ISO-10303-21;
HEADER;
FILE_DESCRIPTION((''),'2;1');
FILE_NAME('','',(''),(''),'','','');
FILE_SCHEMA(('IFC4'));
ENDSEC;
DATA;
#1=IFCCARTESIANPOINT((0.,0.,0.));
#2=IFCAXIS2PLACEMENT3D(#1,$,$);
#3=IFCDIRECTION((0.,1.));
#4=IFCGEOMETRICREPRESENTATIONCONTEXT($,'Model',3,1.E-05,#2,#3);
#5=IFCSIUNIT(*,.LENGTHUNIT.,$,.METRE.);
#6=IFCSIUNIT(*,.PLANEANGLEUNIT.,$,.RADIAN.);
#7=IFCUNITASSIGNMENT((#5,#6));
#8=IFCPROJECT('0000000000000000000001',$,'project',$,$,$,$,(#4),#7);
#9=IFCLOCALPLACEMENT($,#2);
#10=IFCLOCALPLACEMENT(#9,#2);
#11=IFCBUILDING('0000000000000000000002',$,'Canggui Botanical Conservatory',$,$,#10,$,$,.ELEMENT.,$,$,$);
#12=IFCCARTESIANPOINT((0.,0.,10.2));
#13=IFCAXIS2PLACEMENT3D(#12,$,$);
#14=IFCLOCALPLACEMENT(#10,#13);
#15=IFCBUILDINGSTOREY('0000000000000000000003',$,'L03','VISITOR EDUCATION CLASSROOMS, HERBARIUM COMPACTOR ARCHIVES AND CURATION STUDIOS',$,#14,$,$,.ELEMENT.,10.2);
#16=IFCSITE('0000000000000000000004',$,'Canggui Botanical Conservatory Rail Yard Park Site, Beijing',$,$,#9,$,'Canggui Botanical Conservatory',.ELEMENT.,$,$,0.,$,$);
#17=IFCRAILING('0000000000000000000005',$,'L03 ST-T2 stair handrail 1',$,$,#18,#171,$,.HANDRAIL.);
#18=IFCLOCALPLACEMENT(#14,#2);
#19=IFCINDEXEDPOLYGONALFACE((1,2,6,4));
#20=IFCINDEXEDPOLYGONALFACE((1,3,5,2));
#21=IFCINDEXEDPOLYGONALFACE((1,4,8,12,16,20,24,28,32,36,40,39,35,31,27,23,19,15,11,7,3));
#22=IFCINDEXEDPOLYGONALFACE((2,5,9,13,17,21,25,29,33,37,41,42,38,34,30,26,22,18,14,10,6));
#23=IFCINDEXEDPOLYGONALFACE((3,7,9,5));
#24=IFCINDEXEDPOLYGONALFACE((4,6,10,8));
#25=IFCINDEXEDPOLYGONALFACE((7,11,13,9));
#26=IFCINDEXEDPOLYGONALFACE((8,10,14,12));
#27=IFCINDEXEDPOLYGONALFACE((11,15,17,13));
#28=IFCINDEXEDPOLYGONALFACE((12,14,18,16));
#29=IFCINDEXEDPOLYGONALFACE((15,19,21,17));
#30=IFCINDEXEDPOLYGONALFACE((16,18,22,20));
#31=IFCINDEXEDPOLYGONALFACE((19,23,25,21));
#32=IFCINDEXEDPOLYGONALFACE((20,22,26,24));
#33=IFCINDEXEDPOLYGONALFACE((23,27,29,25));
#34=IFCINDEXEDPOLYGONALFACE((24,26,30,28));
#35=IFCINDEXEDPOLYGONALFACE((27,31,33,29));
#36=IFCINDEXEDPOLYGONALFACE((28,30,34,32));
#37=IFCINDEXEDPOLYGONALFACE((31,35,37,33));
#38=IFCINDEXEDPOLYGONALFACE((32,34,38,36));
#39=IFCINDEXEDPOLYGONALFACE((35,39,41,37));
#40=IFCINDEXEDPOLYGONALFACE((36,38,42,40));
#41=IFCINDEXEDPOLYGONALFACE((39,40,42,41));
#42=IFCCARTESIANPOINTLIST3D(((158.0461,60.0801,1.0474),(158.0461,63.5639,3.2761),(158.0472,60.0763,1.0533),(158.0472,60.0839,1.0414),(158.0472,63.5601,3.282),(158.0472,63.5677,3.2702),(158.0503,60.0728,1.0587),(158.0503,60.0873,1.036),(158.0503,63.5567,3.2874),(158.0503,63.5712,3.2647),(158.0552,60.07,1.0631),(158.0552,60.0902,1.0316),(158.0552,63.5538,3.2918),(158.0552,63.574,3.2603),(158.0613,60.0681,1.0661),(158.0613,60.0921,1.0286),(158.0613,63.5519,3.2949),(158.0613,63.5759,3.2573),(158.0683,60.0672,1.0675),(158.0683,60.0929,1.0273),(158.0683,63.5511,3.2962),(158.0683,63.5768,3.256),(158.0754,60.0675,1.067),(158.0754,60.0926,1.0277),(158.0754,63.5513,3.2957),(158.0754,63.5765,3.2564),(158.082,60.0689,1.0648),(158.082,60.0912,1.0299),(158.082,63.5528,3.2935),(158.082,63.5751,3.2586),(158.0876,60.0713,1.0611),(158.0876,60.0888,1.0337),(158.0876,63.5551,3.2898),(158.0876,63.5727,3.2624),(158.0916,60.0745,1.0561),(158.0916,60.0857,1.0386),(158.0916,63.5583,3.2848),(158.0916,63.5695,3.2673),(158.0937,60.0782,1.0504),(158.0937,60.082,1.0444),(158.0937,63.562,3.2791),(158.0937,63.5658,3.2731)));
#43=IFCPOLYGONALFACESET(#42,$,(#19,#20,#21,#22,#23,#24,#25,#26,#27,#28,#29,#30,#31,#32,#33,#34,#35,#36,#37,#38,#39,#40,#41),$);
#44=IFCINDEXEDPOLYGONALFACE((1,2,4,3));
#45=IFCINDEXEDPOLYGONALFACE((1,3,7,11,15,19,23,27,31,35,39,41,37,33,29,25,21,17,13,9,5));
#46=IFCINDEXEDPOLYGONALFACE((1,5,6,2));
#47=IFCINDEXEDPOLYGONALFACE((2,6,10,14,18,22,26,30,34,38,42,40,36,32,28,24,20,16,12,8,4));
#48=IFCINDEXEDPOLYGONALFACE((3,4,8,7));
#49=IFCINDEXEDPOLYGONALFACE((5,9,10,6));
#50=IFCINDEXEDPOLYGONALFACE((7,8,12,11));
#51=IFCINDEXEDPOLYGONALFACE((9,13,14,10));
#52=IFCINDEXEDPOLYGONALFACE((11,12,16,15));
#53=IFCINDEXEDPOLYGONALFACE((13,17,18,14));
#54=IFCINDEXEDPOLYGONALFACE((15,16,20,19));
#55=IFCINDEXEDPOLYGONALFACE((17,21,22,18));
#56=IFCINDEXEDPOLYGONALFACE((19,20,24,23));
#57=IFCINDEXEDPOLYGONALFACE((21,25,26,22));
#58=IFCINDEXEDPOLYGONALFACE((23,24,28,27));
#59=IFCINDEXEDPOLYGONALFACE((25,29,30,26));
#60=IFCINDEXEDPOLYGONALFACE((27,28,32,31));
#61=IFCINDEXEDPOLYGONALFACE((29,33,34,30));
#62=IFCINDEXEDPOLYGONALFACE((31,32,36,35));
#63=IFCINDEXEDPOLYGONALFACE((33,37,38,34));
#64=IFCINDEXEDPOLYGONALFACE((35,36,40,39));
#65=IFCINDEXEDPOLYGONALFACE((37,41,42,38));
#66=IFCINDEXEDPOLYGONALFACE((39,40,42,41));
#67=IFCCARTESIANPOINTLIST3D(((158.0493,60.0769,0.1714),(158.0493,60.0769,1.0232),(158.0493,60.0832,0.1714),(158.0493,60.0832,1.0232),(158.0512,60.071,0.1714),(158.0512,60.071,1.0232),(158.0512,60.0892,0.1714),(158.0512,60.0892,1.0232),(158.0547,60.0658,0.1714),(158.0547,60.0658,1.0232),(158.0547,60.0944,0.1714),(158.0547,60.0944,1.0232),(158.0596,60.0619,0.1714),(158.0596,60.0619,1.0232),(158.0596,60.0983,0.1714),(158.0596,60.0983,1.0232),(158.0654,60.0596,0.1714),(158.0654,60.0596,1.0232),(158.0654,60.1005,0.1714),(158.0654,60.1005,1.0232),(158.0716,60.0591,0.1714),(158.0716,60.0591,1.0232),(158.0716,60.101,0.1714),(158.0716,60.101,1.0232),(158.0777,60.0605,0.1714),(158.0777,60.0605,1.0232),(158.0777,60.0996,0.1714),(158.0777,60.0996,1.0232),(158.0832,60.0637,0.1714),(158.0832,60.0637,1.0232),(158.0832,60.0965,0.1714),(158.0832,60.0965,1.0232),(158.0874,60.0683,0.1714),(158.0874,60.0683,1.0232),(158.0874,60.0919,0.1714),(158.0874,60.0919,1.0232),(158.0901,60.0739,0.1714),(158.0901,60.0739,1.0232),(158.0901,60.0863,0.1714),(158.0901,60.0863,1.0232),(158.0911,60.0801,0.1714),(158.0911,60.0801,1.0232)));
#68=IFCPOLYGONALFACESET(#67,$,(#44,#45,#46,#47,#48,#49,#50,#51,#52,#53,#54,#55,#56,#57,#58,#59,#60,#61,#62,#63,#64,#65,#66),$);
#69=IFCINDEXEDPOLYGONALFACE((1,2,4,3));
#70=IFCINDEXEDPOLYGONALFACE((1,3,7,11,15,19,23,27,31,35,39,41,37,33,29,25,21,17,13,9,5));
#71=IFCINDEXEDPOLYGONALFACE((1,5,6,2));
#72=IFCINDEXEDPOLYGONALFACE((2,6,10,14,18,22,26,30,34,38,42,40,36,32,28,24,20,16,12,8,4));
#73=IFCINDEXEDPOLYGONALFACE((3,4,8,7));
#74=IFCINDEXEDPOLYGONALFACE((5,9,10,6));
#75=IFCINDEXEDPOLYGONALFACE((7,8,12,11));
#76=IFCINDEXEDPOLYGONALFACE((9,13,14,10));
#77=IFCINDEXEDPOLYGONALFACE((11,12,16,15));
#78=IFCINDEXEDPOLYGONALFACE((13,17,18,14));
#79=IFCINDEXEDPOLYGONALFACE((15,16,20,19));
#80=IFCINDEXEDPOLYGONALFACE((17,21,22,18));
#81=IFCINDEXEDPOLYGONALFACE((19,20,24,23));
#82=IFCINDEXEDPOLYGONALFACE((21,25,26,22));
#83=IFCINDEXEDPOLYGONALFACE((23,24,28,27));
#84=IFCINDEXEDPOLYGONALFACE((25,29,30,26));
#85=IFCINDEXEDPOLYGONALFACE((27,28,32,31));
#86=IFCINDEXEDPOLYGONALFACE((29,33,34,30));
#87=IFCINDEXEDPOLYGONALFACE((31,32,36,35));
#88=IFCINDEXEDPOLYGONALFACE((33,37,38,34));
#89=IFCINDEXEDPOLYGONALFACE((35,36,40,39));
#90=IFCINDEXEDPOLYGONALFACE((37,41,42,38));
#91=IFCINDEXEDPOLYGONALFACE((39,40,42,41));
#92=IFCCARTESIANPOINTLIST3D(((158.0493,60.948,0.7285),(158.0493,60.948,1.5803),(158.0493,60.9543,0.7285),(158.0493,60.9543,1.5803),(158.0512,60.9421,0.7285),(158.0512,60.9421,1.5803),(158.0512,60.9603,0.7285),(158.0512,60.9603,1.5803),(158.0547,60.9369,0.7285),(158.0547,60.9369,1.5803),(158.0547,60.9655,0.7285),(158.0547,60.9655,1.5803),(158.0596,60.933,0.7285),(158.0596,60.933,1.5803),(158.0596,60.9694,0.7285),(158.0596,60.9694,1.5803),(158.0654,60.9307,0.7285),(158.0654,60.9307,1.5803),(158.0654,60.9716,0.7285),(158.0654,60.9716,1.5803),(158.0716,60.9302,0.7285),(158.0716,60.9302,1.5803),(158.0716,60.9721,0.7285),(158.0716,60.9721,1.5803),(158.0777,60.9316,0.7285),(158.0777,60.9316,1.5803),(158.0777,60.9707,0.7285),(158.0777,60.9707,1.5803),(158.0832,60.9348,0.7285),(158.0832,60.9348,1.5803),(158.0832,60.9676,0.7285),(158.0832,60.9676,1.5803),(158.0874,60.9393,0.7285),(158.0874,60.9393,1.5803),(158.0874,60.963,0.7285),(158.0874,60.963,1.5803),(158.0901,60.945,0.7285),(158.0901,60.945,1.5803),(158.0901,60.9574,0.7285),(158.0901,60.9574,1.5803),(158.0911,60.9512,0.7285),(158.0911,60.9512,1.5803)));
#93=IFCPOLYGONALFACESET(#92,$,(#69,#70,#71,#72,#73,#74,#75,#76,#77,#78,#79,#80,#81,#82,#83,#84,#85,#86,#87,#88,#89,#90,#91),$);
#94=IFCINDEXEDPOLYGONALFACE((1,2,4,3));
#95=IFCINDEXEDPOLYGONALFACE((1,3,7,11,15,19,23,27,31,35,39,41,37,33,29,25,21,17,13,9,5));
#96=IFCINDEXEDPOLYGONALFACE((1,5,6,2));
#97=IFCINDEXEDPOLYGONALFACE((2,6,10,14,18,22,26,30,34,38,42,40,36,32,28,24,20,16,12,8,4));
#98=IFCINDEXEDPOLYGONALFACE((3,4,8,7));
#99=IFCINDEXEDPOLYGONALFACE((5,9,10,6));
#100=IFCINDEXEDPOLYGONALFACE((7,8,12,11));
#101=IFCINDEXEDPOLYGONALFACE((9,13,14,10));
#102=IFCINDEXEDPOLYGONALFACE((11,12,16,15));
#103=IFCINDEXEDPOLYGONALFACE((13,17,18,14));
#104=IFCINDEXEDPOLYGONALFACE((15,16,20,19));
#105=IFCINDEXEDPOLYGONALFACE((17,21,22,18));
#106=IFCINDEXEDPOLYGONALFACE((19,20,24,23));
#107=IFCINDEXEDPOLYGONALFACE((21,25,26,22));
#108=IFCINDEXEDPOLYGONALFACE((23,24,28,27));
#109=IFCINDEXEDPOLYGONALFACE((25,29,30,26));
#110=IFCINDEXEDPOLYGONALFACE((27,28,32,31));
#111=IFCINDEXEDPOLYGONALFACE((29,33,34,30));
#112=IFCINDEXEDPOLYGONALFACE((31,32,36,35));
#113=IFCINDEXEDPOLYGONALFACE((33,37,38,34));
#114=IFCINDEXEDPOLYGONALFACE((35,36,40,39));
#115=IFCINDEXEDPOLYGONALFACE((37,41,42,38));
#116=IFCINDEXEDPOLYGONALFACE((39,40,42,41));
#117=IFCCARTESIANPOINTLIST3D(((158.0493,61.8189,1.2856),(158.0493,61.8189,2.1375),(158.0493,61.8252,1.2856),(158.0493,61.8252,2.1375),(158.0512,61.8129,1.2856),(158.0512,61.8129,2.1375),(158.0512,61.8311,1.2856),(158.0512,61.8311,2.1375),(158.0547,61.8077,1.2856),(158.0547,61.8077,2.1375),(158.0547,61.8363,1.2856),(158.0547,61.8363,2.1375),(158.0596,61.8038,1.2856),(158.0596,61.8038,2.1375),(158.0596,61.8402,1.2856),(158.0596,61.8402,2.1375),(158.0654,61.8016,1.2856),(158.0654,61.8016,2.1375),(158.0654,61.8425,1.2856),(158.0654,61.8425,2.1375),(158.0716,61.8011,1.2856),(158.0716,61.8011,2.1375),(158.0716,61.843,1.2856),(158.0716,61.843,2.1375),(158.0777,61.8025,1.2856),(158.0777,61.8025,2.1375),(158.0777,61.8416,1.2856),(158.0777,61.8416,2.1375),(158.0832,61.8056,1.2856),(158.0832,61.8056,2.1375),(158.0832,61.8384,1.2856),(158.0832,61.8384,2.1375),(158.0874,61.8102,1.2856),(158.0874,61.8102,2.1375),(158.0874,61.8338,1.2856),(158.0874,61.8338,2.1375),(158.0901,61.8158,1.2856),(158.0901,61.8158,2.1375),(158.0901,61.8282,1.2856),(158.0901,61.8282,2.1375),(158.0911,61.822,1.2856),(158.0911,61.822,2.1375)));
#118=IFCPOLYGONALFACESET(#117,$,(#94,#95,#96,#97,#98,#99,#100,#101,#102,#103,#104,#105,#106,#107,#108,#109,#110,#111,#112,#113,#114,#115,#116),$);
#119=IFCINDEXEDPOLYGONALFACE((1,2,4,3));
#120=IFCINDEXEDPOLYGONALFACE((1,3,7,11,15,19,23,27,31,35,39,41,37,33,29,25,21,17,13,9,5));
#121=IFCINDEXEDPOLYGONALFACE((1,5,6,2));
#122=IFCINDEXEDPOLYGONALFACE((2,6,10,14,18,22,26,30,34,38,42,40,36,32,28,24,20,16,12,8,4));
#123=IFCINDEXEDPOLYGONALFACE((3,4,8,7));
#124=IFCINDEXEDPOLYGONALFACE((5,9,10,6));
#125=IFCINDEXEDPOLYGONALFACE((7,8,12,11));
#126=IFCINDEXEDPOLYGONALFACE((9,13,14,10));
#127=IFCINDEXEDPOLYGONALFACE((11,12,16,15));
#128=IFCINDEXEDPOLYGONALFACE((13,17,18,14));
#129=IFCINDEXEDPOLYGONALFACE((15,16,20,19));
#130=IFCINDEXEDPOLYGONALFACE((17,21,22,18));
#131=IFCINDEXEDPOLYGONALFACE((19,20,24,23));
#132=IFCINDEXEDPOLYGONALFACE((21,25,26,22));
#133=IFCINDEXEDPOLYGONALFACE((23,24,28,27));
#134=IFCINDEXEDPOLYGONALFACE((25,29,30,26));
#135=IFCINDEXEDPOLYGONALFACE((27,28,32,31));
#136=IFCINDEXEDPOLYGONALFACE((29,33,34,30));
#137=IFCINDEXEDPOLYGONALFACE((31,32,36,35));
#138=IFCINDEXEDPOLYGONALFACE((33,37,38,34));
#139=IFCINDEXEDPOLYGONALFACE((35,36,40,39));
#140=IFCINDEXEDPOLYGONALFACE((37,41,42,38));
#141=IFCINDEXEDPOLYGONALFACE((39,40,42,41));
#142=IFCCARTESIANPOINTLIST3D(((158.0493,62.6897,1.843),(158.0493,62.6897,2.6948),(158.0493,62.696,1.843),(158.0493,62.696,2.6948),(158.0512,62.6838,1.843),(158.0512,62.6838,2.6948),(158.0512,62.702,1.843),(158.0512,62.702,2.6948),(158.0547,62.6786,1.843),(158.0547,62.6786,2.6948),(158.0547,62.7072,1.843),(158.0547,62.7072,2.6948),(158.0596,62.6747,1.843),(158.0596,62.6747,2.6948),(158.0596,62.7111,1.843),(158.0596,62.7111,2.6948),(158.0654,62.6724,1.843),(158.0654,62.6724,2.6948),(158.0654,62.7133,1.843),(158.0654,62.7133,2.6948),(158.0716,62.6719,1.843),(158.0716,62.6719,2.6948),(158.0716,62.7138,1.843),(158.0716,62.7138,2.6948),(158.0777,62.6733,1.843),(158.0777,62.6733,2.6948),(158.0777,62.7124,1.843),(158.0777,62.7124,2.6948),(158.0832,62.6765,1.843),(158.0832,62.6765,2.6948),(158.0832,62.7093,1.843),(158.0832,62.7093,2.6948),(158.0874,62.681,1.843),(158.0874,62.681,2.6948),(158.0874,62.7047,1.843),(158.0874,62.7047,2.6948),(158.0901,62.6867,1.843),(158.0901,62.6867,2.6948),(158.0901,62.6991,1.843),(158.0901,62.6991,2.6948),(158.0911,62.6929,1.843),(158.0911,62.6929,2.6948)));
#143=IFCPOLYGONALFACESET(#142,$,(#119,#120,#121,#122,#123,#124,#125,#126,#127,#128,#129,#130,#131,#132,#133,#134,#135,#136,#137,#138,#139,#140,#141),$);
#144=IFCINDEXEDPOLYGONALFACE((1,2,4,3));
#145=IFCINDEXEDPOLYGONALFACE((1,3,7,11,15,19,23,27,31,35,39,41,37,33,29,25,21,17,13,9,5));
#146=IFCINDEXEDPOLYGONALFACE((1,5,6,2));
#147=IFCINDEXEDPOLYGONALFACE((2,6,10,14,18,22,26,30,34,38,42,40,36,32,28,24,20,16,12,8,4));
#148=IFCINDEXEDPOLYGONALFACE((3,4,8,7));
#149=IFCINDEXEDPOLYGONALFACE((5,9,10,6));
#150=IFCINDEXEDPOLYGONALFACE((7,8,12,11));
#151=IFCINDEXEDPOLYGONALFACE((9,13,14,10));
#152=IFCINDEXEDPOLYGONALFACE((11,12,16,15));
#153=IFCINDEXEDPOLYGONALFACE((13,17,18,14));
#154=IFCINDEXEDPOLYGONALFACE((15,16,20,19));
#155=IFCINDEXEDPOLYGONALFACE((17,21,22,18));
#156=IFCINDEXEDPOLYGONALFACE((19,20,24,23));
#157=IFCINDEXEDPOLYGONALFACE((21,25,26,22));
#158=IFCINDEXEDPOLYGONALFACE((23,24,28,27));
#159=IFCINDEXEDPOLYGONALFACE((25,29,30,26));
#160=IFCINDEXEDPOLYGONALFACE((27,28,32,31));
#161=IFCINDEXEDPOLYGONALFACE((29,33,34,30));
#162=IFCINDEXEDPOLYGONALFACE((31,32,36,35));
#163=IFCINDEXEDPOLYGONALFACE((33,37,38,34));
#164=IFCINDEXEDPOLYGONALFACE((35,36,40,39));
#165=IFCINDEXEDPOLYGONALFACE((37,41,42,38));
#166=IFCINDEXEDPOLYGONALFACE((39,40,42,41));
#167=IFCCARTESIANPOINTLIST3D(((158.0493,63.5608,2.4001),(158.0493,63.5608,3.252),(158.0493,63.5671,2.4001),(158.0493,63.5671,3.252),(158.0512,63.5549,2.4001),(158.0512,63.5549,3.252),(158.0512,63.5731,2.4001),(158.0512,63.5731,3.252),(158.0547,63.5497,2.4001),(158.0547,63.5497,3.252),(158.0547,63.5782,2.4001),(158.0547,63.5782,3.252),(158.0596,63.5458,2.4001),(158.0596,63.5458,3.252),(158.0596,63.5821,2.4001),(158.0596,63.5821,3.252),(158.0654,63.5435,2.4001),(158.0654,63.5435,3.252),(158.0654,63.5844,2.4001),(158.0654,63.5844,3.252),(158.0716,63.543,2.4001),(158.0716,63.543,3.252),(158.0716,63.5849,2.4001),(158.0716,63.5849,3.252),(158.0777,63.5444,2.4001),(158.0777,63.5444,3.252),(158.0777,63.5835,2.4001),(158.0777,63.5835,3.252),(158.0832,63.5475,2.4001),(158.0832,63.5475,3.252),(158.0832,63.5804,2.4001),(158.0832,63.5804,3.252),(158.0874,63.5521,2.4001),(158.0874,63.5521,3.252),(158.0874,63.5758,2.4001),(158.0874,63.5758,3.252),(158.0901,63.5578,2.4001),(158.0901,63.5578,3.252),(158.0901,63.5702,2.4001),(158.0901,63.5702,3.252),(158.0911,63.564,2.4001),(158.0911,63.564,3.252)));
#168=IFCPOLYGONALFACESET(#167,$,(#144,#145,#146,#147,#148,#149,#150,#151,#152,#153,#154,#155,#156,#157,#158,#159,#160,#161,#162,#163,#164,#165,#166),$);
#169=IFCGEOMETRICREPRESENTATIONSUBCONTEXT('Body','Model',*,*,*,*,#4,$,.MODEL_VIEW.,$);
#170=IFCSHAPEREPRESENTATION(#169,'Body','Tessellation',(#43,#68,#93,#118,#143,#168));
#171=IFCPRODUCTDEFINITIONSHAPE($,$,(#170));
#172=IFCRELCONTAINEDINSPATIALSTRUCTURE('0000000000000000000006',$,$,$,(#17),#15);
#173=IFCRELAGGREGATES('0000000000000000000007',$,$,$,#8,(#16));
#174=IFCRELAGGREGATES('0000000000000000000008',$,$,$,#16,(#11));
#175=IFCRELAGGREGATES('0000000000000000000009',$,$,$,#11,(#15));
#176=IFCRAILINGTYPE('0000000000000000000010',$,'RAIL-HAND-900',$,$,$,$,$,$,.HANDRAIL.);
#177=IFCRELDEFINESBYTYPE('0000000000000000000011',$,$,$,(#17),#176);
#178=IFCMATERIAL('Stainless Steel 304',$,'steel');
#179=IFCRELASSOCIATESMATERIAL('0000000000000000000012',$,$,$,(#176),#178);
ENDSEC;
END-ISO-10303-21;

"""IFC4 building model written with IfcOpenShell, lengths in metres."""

from ifc_helpers import new_model, si_unit, direction, frame, origin, origin_2d, place, context, subcontext, project, spatial, circle, extrude, material, type_object, element, save


model = new_model("IFC4")

# Units and contexts
model_context = context("Model", 3, precision=1e-05, world=origin(), true_north=direction((0.0, 1.0)))
body_context = subcontext(model_context, "Body", "Model", "MODEL_VIEW")
ifc_project = project(units=[si_unit("LENGTHUNIT", "METRE"), si_unit("PLANEANGLEUNIT", "RADIAN")], contexts=[model_context])

# Site, building, storey
site_placement = place(None, origin())
site = spatial("IfcSite", under=ifc_project, at=site_placement, Name="Canggui Botanical Conservatory Rail Yard Park Site, Beijing", LongName="Canggui Botanical Conservatory", CompositionType="ELEMENT", RefElevation=0.0)
building_placement = place(site_placement, origin())
building = spatial("IfcBuilding", under=site, at=building_placement, Name="Canggui Botanical Conservatory", CompositionType="ELEMENT")
storey_placement = place(building_placement, frame((0.0, 0.0, 10.2)))
storey = spatial("IfcBuildingStorey", under=building, at=storey_placement, Name="L03", Description="VISITOR EDUCATION CLASSROOMS, HERBARIUM COMPACTOR ARCHIVES AND CURATION STUDIOS", CompositionType="ELEMENT", Elevation=10.2)

# Shared definitions
ifc_material_1 = material(Name="Stainless Steel 304", Category="steel")

# Railing
railing_type_1 = type_object("IfcRailingType", Name="RAIL-HAND-900", PredefinedType="HANDRAIL", material=ifc_material_1)
railing_1_placement = place(storey_placement, frame((158.0701, 60.0801, 0.1714)))
element("IfcRailing", 1, at=railing_1_placement, inside=storey, type_object=railing_type_1, Name="L03 ST-T2 stair handrail 1", PredefinedType="HANDRAIL", context=body_context, shape_type="SweptSolid", body=[
    extrude(circle(Radius=0.0239, at=origin_2d()), frame((0.0, 0.0, 0.876), z_axis=(0.0, 0.842373, 0.538895), x_axis=(-1.0, 0.0, 0.0)), (0.0, 0.0, 1.0), 4.1357),
    extrude(circle(Radius=0.021, at=origin_2d()), origin(), (0.0, 0.0, 1.0), 0.8518),
    extrude(circle(Radius=0.021, at=origin_2d()), frame((0.0, 0.8711, 0.5571)), (0.0, 0.0, 1.0), 0.8518),
    extrude(circle(Radius=0.021, at=origin_2d()), frame((0.0, 1.7419, 1.1143)), (0.0, 0.0, 1.0), 0.8518),
    extrude(circle(Radius=0.021, at=origin_2d()), frame((0.0, 2.6128, 1.6716)), (0.0, 0.0, 1.0), 0.8518),
    extrude(circle(Radius=0.021, at=origin_2d()), frame((0.0, 3.4839, 2.2288)), (0.0, 0.0, 1.0), 0.8518),
])

save(model, "model.ifc")
